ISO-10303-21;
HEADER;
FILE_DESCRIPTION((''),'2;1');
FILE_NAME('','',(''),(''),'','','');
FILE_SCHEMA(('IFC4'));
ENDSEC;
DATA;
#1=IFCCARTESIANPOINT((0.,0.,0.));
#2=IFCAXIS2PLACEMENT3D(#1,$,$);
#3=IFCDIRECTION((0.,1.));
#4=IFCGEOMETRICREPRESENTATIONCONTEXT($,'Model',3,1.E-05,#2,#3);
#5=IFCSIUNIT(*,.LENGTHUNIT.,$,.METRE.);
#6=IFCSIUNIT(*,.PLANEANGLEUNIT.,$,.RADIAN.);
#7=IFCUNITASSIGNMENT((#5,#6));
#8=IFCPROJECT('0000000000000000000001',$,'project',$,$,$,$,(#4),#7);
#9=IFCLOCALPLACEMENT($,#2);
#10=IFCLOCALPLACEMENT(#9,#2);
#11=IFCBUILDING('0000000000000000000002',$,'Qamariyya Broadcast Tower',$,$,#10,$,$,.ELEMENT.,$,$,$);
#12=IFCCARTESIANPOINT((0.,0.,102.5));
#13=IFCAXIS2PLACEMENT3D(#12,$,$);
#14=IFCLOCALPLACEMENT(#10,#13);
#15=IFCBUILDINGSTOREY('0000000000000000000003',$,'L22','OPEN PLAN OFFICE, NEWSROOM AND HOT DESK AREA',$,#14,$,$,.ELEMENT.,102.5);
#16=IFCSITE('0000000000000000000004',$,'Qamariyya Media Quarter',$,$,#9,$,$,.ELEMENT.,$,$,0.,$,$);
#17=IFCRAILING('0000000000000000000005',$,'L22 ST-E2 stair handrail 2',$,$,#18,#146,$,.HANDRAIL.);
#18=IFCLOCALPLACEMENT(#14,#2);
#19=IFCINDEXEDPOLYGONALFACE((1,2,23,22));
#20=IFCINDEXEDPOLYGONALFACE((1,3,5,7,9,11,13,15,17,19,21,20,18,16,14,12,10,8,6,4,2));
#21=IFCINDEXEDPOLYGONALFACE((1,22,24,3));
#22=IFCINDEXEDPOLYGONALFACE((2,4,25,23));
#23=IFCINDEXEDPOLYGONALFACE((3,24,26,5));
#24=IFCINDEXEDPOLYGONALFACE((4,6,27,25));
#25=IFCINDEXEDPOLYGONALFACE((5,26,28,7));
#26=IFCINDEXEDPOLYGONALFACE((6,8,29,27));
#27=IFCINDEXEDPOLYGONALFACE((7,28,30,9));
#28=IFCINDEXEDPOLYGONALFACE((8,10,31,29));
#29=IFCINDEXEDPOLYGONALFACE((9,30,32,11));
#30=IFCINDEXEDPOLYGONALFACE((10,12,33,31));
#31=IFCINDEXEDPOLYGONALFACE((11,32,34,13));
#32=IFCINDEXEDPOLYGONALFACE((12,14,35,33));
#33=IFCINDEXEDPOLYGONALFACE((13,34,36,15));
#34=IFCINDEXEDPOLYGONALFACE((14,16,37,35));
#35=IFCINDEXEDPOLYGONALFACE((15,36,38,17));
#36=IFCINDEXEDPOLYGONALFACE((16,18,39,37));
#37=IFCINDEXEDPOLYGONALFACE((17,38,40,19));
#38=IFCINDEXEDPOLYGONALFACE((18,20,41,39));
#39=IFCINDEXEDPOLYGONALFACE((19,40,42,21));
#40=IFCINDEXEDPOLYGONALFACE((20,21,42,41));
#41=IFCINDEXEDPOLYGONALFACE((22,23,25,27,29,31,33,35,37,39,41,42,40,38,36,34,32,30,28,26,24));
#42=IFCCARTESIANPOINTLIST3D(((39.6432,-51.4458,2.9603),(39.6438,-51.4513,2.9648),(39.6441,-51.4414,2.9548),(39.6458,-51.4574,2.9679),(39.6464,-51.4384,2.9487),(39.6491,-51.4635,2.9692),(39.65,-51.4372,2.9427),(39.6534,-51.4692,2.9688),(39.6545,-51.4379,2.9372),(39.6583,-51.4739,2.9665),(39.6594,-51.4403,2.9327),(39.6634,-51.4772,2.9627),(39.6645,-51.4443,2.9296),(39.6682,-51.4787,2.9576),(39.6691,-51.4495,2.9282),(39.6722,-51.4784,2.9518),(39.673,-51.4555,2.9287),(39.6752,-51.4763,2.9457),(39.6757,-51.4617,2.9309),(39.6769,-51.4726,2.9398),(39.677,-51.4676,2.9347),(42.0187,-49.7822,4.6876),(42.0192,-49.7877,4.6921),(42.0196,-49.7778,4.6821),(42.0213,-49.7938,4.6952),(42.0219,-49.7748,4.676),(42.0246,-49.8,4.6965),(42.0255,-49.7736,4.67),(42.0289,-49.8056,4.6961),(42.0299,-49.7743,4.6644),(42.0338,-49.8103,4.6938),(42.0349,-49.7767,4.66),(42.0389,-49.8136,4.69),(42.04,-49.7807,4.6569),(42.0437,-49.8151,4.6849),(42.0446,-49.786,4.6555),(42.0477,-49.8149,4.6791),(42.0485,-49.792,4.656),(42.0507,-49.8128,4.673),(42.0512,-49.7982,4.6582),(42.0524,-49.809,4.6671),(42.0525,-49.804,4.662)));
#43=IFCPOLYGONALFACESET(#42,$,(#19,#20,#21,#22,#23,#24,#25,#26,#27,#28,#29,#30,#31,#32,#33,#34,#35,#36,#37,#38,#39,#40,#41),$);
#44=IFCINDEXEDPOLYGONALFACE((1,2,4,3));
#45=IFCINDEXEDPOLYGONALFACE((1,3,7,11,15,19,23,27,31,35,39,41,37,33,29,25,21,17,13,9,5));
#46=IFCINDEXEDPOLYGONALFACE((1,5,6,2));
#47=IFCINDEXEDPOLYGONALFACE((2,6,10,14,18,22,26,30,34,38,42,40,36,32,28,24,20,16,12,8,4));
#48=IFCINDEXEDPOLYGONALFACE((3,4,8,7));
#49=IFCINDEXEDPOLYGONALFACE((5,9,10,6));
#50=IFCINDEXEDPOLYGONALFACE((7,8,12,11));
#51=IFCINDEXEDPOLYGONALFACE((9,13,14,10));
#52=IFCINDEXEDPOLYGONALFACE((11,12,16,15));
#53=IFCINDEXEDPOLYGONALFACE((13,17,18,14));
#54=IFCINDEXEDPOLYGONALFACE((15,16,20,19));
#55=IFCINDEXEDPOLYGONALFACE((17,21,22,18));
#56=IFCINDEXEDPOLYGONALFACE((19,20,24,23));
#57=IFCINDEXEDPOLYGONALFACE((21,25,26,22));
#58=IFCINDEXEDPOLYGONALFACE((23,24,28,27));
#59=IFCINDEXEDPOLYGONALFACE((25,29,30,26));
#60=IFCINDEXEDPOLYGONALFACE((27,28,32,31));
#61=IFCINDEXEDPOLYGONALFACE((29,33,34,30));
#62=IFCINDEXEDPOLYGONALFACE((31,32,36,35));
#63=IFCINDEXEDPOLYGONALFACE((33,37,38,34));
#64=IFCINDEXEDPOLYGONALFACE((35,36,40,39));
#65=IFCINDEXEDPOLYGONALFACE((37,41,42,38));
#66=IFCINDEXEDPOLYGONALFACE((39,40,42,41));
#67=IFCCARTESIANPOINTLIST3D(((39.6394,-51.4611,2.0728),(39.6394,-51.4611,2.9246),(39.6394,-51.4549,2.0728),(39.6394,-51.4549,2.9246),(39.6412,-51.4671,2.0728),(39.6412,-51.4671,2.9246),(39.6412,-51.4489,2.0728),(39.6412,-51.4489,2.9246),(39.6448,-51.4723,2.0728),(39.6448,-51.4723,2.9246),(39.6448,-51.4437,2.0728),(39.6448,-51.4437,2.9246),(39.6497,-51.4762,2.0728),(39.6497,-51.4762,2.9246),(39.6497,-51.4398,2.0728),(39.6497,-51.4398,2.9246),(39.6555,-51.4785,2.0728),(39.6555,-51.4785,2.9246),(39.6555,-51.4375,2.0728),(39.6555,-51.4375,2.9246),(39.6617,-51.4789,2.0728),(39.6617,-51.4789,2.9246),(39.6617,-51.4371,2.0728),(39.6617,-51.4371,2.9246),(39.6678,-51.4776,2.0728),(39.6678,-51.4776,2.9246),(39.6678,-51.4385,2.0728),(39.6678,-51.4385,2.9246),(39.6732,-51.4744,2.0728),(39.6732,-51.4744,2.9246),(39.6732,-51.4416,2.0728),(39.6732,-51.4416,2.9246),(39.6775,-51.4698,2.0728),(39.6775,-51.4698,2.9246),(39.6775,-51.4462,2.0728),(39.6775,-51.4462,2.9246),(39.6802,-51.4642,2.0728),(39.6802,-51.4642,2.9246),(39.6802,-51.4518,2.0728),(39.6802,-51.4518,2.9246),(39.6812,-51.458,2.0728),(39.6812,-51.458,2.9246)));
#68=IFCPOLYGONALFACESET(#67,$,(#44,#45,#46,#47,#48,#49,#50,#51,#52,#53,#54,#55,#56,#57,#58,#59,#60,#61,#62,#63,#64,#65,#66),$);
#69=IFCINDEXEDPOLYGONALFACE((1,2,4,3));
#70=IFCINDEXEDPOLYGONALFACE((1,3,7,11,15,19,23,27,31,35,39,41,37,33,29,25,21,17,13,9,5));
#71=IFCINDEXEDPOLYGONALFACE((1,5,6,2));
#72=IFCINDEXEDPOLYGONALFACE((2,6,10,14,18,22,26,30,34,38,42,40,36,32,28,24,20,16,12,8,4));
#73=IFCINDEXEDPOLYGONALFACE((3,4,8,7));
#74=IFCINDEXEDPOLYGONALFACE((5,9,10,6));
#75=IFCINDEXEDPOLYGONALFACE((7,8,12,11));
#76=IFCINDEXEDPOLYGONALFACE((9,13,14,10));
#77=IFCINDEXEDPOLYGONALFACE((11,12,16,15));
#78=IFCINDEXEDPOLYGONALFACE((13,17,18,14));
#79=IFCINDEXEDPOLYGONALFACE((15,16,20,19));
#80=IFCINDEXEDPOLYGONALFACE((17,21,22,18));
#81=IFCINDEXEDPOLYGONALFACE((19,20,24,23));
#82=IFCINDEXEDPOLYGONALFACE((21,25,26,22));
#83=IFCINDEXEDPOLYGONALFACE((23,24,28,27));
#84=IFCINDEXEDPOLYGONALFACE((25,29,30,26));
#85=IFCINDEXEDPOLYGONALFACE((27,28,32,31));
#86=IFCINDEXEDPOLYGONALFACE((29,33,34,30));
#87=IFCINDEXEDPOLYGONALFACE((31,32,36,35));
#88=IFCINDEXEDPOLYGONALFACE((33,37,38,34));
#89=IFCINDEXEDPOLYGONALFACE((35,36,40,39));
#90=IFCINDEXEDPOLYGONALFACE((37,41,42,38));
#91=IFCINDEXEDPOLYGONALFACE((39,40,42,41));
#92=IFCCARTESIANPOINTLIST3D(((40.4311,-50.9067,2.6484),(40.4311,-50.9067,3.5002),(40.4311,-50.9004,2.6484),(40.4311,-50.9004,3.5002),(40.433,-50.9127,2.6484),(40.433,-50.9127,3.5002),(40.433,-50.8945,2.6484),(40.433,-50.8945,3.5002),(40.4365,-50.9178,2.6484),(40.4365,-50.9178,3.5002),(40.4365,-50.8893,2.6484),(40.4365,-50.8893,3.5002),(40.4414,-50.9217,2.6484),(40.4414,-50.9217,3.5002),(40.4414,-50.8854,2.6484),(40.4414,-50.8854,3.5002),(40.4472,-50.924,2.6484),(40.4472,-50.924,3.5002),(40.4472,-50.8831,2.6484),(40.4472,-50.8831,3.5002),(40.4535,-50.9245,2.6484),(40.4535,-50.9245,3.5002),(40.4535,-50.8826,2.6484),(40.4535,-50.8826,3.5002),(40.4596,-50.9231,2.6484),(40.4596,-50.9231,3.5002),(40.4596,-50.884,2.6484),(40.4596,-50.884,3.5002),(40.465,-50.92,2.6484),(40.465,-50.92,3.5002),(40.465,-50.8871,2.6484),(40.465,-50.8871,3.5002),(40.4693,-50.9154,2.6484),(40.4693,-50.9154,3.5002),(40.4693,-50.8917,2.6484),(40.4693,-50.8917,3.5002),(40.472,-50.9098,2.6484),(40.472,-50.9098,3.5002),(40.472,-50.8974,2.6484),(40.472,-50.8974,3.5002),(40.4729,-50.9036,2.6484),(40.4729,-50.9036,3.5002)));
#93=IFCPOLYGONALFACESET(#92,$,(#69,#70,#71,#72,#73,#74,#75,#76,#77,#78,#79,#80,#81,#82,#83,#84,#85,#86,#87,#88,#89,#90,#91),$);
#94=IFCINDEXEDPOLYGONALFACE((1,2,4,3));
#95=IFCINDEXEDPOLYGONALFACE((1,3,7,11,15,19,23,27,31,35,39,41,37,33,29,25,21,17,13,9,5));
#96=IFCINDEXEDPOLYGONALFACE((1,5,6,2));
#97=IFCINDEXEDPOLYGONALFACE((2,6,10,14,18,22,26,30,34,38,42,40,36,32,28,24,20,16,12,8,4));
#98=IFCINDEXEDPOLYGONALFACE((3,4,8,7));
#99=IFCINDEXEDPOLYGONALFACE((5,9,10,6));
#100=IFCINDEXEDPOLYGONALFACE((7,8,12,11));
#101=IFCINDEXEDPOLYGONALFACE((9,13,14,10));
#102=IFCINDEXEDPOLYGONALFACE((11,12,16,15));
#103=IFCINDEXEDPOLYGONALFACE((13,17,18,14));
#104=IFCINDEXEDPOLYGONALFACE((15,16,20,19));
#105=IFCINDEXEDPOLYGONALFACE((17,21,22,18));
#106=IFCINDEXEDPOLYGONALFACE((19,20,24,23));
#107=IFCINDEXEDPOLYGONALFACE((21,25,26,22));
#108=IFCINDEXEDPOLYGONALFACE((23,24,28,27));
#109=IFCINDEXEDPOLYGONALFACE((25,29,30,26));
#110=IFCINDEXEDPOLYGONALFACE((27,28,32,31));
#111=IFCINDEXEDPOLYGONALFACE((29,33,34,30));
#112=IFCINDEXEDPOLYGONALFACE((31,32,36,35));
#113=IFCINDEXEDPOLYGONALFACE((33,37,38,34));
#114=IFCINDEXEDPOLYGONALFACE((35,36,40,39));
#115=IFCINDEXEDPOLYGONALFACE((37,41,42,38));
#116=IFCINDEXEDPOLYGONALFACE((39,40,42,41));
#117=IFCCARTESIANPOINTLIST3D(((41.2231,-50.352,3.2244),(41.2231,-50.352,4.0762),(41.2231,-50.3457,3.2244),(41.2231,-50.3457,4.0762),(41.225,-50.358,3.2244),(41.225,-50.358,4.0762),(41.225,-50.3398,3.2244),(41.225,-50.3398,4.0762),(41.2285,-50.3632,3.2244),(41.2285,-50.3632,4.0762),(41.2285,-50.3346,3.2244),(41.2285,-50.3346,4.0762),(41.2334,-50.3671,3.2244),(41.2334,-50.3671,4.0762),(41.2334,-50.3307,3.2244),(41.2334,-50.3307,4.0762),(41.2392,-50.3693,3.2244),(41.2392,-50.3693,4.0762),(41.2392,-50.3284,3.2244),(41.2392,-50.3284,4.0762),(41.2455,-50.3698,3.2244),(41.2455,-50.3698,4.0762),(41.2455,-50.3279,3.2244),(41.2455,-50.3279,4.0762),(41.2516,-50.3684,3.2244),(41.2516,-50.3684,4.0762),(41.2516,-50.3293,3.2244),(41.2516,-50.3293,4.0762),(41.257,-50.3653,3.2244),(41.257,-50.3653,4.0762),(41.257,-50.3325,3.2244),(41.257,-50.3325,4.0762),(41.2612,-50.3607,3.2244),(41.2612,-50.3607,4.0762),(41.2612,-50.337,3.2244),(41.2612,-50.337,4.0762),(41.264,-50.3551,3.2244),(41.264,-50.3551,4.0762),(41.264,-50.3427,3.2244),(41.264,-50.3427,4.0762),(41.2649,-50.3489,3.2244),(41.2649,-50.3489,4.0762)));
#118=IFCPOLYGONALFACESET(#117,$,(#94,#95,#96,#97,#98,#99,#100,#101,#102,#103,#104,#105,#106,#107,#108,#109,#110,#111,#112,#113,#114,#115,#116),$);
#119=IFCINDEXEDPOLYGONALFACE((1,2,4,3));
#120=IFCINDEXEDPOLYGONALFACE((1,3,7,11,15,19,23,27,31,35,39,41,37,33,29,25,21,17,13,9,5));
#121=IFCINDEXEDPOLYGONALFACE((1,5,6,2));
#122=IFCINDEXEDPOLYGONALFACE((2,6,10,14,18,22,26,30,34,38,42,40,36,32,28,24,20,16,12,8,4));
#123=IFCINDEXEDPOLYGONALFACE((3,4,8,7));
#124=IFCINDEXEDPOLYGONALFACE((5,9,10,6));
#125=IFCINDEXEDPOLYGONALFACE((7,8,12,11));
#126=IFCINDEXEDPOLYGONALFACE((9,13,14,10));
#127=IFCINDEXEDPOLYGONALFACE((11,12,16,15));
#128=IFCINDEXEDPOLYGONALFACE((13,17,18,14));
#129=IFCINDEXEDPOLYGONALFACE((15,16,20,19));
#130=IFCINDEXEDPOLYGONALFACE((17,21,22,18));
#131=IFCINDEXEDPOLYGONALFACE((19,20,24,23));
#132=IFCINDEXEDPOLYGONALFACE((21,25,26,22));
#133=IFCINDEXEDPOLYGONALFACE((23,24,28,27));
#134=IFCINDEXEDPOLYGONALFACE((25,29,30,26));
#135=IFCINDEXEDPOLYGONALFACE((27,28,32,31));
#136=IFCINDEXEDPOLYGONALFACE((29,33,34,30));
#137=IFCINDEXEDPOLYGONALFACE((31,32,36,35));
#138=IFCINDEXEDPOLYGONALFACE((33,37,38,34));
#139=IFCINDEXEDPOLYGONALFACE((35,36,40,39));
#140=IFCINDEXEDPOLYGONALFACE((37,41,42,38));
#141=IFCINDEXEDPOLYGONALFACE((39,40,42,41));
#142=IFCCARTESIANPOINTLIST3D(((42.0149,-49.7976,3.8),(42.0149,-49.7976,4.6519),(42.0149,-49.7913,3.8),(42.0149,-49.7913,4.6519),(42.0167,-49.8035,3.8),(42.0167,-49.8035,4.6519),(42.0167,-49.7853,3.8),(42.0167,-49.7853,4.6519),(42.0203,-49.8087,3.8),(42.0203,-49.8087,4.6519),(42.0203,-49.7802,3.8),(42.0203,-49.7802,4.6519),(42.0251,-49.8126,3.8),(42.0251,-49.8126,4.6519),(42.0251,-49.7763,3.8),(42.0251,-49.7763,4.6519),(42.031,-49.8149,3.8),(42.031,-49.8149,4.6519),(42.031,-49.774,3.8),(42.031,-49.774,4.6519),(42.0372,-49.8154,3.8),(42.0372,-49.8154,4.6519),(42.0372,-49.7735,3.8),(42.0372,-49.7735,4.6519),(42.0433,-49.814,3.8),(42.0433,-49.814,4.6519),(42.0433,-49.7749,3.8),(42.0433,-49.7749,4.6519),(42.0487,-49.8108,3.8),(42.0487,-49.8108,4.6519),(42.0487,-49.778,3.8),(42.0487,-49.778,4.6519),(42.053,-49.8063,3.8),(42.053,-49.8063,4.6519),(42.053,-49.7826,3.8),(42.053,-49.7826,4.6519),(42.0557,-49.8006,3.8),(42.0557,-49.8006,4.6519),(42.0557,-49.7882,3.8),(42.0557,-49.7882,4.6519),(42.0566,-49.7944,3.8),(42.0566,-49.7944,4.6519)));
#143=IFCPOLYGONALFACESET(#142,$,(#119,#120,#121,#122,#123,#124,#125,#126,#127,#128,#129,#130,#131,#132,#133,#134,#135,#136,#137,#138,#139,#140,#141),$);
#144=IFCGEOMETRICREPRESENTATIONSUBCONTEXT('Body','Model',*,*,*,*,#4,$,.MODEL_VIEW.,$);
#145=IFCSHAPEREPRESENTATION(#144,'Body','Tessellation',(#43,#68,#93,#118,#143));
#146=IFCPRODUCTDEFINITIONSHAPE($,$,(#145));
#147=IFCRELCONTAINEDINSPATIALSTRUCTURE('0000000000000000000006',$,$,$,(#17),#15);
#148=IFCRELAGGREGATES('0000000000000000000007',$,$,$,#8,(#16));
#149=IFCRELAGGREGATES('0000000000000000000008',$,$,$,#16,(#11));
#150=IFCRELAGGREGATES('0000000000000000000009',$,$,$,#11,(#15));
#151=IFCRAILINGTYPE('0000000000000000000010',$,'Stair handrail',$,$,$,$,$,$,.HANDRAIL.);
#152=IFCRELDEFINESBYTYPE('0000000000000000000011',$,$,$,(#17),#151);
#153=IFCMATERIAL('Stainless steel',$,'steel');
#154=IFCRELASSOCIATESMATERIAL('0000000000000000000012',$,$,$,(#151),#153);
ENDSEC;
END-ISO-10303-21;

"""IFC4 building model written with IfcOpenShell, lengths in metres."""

from ifc_helpers import new_model, si_unit, direction, frame, origin, origin_2d, place, context, subcontext, project, spatial, circle, extrude, material, type_object, element, save


model = new_model("IFC4")

# Units and contexts
model_context = context("Model", 3, precision=1e-05, world=origin(), true_north=direction((0.0, 1.0)))
body_context = subcontext(model_context, "Body", "Model", "MODEL_VIEW")
ifc_project = project(units=[si_unit("LENGTHUNIT", "METRE"), si_unit("PLANEANGLEUNIT", "RADIAN")], contexts=[model_context])

# Site, building, storey
site_placement = place(None, origin())
site = spatial("IfcSite", under=ifc_project, at=site_placement, Name="Qamariyya Media Quarter", CompositionType="ELEMENT", RefElevation=0.0)
building_placement = place(site_placement, origin())
building = spatial("IfcBuilding", under=site, at=building_placement, Name="Qamariyya Broadcast Tower", CompositionType="ELEMENT")
storey_placement = place(building_placement, frame((0.0, 0.0, 102.5)))
storey = spatial("IfcBuildingStorey", under=building, at=storey_placement, Name="L22", Description="OPEN PLAN OFFICE, NEWSROOM AND HOT DESK AREA", CompositionType="ELEMENT", Elevation=102.5)

# Railing
ifc_material_1 = material(Name="Stainless steel", Category="steel")
railing_type_1 = type_object("IfcRailingType", Name="Stair handrail", PredefinedType="HANDRAIL", material=ifc_material_1)
railing_1_placement = place(storey_placement, frame((39.6602, -51.458, 2.0728)))
element("IfcRailing", 1, at=railing_1_placement, inside=storey, type_object=railing_type_1, Name="L22 ST-E2 stair handrail 2", PredefinedType="HANDRAIL", context=body_context, shape_type="SweptSolid", body=[
    extrude(circle(Radius=0.0239, at=origin_2d()), frame((0.0, 0.0, 0.876), z_axis=(0.703745, 0.492838, 0.511716), x_axis=(-0.573632, 0.819113, 0.0)), (0.0, 0.0, 1.0), 3.3755),
    extrude(circle(Radius=0.021, at=origin_2d()), origin(), (0.0, 0.0, 1.0), 0.8518),
    extrude(circle(Radius=0.021, at=origin_2d()), frame((0.7917, 0.5544, 0.5757)), (0.0, 0.0, 1.0), 0.8518),
    extrude(circle(Radius=0.021, at=origin_2d()), frame((1.5837, 1.1091, 1.1516)), (0.0, 0.0, 1.0), 0.8518),
    extrude(circle(Radius=0.021, at=origin_2d()), frame((2.3755, 1.6636, 1.7273)), (0.0, 0.0, 1.0), 0.8518),
])

save(model, "model.ifc")
